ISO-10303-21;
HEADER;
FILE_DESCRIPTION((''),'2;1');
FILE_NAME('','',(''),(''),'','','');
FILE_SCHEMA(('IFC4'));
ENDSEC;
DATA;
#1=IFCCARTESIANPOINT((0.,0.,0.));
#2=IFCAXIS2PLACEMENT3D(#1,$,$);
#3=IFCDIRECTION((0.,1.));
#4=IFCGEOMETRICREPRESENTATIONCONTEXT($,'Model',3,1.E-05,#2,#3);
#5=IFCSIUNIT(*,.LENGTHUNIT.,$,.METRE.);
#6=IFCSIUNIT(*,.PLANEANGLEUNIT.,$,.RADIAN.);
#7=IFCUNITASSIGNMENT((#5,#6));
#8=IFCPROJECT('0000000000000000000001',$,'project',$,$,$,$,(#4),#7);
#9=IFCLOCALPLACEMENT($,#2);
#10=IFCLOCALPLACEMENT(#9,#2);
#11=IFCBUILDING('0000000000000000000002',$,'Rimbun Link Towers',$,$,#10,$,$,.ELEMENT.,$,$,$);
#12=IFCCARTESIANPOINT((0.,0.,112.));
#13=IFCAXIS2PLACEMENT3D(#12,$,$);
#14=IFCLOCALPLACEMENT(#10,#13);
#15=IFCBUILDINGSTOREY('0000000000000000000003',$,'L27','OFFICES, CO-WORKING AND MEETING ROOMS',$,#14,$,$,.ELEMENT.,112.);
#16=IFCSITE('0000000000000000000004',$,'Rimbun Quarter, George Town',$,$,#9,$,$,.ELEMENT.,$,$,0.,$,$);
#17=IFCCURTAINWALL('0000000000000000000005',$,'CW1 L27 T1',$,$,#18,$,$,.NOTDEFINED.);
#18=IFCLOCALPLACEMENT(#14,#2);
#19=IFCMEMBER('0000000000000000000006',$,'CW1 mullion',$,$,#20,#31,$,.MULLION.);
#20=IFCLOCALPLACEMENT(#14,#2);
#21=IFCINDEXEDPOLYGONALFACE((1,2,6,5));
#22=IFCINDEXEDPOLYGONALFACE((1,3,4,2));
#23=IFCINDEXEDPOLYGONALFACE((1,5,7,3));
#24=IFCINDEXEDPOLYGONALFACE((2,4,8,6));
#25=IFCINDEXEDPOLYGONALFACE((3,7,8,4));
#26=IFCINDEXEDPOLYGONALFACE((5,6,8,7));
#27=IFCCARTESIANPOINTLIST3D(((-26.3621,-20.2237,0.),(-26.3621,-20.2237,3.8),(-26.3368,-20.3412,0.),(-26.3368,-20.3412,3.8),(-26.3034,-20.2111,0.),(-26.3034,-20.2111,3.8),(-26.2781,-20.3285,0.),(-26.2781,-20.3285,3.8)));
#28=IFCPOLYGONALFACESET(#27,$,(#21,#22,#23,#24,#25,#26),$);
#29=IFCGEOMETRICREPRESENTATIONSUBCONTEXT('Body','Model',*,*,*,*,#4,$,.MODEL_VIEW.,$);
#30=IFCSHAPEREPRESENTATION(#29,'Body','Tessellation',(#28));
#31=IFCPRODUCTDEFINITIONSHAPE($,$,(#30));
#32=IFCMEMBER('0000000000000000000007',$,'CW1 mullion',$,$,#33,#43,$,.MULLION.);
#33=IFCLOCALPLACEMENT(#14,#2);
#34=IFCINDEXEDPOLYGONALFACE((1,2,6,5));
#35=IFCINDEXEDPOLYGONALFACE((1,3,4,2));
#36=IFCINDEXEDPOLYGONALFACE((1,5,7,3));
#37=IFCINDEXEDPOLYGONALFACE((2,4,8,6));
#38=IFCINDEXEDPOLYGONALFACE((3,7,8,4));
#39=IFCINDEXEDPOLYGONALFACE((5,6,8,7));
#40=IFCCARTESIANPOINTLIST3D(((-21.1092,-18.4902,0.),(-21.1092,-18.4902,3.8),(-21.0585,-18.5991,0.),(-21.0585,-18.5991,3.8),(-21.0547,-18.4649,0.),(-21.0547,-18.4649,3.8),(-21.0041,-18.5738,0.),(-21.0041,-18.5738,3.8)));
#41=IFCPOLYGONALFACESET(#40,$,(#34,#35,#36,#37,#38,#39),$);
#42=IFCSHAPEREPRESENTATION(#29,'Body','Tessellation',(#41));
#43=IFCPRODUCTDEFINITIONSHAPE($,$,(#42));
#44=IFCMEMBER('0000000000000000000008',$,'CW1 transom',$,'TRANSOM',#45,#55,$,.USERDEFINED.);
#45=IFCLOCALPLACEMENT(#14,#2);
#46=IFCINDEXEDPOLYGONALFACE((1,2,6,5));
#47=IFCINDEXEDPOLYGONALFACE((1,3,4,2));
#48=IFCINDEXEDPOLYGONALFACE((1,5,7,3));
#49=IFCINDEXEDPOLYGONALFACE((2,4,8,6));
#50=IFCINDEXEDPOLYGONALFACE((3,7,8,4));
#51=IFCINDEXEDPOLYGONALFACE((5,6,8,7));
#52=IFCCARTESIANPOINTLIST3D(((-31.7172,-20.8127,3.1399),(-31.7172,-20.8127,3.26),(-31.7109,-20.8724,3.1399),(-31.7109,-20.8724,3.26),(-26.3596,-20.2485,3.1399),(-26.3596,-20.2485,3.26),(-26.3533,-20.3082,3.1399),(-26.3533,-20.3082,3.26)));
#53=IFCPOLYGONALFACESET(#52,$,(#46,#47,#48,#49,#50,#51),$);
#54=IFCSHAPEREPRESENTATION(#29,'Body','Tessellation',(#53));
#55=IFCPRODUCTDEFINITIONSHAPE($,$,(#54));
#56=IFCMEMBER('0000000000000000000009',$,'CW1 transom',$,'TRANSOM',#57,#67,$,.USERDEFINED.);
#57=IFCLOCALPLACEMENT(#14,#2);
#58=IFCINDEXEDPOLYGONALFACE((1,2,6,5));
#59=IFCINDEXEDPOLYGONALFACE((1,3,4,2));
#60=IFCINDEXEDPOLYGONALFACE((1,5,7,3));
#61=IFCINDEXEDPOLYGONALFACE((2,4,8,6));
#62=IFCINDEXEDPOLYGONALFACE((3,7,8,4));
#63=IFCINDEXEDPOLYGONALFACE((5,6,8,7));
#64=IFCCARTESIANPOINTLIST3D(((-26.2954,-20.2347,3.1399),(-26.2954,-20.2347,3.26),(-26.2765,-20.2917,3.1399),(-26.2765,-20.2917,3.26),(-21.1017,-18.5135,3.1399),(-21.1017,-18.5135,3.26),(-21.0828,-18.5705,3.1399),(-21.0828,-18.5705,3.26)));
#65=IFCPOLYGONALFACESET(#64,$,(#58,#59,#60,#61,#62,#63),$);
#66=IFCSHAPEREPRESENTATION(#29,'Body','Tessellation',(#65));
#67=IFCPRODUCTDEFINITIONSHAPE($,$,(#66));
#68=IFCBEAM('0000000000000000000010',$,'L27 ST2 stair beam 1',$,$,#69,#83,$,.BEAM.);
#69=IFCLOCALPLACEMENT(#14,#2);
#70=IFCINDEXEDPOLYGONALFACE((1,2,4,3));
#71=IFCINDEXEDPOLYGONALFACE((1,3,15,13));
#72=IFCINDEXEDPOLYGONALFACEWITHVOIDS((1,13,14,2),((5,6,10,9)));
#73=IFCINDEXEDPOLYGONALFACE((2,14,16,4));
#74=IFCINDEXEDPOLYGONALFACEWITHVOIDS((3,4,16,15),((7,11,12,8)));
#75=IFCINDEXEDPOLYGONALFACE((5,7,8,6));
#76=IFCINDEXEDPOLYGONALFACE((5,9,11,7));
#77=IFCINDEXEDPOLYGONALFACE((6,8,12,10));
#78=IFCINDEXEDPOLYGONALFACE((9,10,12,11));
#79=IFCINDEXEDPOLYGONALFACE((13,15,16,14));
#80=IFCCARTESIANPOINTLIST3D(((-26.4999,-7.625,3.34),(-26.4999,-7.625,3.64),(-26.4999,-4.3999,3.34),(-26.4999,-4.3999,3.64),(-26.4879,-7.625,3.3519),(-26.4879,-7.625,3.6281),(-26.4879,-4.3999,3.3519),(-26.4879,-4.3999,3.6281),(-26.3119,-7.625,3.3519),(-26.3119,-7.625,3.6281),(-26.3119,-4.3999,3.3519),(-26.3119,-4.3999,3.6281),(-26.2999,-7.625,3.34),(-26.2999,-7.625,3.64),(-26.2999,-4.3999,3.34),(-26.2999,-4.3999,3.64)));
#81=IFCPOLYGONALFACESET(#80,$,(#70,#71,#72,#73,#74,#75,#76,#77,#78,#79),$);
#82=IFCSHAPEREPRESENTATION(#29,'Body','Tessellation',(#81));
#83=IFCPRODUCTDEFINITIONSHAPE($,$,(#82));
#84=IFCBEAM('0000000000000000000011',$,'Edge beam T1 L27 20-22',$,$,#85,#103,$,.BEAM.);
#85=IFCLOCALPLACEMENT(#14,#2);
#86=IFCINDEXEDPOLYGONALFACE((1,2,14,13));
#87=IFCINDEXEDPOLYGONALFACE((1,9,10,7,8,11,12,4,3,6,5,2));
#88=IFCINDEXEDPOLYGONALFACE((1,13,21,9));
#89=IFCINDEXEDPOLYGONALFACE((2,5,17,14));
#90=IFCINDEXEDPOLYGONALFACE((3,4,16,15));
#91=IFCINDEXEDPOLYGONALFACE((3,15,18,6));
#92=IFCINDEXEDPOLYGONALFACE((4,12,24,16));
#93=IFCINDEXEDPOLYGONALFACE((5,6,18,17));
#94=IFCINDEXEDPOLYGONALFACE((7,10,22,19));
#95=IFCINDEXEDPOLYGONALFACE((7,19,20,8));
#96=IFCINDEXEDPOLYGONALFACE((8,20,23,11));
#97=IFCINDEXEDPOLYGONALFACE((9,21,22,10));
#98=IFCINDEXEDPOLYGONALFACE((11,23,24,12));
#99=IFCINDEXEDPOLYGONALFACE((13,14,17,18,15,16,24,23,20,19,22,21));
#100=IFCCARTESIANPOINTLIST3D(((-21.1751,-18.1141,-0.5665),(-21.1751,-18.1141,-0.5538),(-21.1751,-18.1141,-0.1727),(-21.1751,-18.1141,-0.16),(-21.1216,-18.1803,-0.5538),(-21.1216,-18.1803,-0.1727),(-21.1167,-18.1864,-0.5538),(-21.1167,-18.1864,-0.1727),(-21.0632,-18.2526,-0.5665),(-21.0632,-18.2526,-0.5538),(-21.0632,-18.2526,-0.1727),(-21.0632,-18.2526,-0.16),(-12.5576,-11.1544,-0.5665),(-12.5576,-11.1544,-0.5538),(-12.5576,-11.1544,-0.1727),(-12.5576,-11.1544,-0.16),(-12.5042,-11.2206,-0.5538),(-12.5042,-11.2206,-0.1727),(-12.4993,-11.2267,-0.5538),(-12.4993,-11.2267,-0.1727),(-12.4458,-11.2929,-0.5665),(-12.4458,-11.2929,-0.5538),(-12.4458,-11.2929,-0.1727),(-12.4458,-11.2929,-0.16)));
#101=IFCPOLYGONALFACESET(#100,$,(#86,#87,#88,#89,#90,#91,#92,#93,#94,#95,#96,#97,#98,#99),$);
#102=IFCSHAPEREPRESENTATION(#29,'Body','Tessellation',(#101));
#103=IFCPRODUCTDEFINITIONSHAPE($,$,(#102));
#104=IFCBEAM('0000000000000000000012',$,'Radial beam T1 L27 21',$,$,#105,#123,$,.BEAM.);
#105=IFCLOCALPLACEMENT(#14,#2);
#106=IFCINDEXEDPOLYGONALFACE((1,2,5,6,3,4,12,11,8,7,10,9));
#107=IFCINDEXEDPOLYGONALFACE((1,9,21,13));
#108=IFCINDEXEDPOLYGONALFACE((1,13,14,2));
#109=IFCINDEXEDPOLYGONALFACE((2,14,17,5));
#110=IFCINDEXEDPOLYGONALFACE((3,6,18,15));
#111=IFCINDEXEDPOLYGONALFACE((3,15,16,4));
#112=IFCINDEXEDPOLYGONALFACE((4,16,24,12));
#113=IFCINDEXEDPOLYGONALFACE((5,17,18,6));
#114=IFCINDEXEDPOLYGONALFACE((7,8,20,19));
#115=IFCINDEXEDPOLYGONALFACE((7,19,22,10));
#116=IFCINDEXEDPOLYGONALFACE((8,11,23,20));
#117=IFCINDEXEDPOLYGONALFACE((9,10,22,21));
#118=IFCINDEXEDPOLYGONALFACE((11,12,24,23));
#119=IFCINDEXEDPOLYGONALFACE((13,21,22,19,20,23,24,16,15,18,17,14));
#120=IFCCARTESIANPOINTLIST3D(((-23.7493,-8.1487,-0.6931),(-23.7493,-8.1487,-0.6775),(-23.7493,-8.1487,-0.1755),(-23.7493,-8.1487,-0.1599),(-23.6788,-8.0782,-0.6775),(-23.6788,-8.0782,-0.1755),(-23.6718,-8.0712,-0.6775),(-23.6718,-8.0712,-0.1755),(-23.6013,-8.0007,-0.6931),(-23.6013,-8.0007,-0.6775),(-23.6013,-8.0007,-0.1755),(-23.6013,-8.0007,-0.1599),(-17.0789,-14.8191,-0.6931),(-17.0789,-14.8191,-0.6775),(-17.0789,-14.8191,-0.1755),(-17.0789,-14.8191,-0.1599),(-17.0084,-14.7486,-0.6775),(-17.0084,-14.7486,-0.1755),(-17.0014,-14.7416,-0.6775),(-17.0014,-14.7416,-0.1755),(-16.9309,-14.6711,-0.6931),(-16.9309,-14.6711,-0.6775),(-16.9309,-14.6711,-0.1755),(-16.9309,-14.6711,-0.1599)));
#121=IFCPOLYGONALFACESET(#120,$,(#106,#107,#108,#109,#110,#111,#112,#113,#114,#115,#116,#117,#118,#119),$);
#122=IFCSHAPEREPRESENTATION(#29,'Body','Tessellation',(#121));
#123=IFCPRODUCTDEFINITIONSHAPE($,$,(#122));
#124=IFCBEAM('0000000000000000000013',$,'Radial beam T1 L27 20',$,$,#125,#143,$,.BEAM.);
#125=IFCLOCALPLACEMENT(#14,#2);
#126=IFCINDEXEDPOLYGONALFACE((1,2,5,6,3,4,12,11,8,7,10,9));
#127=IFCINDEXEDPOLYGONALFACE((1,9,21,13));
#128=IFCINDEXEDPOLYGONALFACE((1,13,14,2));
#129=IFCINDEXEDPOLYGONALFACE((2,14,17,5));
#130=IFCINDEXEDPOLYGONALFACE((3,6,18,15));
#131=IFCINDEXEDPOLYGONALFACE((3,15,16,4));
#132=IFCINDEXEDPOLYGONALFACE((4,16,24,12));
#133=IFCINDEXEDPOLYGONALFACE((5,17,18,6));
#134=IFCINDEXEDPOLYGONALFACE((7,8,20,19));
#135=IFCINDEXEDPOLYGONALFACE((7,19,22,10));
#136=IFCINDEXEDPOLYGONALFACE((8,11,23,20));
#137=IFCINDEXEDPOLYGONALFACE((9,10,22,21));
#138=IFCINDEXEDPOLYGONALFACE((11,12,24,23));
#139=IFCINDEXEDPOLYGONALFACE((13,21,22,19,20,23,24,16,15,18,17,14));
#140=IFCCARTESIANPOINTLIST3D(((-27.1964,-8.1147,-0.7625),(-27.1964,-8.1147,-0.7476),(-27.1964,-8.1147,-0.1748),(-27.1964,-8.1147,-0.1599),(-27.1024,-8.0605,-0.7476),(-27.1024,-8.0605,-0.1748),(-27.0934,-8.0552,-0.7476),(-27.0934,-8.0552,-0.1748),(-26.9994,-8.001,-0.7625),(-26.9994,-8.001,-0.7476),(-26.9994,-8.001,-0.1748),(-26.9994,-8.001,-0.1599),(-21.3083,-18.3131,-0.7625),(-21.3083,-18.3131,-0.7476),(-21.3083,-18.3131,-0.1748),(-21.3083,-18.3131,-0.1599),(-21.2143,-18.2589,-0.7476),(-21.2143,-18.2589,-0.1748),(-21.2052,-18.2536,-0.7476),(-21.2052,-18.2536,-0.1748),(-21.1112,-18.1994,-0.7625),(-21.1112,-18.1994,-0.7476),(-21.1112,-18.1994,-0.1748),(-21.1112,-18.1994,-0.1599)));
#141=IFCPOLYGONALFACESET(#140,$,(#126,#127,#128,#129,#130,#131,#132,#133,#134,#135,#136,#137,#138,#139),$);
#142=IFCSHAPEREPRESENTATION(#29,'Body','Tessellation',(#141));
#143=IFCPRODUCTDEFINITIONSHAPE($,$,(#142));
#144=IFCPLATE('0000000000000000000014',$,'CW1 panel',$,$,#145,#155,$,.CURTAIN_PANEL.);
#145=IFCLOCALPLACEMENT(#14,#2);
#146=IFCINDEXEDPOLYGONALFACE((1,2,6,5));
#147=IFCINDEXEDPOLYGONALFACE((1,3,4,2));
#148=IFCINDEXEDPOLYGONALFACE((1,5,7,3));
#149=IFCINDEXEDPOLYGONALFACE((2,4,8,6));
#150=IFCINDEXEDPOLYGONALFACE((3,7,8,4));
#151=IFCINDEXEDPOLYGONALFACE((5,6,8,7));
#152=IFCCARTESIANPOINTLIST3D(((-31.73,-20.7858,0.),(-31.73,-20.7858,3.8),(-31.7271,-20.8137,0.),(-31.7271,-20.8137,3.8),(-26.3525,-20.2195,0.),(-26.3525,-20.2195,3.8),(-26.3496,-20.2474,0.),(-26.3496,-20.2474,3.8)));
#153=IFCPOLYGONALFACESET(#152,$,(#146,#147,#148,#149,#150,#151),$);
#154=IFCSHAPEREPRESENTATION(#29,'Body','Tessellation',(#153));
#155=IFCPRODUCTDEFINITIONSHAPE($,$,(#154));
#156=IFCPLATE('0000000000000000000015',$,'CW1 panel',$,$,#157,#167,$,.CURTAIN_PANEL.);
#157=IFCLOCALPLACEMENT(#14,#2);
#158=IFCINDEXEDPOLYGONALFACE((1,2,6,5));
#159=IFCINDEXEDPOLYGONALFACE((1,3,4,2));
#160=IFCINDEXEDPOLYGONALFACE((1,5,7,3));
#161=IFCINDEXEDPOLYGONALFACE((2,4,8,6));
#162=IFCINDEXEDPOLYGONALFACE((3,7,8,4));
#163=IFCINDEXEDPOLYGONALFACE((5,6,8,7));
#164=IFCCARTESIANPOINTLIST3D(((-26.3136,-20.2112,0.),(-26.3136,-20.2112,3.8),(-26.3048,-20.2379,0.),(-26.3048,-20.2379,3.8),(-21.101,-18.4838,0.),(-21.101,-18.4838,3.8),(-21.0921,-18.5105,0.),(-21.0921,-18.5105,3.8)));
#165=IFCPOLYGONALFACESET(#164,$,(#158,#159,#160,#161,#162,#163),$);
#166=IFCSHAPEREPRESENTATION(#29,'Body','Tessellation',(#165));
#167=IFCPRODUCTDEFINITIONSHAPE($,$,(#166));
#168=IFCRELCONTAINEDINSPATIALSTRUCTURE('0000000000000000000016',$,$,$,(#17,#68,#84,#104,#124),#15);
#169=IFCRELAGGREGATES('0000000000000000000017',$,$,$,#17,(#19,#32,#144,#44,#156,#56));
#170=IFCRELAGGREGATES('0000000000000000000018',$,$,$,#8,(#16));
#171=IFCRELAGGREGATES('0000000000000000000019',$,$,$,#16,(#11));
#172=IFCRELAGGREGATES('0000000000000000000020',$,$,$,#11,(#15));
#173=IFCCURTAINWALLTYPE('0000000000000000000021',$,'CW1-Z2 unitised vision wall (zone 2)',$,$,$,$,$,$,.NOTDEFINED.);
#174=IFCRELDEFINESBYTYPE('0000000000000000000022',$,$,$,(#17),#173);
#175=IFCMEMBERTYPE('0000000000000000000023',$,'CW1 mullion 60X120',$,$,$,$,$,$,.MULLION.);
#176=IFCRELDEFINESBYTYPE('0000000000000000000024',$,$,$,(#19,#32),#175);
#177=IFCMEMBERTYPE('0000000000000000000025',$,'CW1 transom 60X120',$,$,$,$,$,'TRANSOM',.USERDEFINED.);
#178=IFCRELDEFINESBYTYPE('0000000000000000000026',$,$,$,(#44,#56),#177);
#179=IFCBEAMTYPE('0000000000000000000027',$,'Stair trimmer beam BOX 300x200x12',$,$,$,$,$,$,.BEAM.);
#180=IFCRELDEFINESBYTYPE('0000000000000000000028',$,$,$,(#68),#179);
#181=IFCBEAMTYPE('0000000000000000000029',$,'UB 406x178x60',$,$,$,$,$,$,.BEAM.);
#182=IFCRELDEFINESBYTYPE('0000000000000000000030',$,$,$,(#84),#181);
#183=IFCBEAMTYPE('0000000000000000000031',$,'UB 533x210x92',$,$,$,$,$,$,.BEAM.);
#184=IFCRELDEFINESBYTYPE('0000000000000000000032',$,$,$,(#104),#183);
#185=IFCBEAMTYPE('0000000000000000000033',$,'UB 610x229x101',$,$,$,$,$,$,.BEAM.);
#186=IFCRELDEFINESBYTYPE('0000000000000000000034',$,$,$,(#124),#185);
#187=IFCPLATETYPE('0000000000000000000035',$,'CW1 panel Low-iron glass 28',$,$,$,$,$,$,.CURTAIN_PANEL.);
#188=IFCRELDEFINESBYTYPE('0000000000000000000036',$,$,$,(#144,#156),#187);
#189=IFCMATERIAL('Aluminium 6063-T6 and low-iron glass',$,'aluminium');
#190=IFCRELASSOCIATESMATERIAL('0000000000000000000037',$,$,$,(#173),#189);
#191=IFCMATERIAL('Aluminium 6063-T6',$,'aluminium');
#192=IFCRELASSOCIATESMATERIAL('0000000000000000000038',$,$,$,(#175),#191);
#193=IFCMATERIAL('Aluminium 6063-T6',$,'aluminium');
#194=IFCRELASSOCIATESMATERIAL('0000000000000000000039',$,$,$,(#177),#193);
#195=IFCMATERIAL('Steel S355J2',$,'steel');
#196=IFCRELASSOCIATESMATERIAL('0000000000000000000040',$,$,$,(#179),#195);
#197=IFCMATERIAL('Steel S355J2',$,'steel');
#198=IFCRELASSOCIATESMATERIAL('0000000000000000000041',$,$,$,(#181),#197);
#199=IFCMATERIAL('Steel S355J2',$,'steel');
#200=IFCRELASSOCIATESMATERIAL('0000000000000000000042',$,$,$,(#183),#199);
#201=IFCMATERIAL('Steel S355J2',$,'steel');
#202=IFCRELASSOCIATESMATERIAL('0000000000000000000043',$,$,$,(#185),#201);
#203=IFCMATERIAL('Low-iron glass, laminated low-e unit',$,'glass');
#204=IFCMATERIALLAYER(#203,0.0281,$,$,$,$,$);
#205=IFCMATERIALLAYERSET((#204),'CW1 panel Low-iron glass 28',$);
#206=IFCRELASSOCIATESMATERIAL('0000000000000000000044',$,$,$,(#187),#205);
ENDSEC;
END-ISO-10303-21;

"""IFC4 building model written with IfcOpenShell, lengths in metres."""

from ifc_helpers import new_model, si_unit, direction, frame, origin, origin_2d, place, context, subcontext, project, spatial, rectangle, hollow_rectangle, i_section, extrude, material, layer, layer_set, material_profile, profile_set, type_object, element, aggregate, save


model = new_model("IFC4")

# Units and contexts
model_context = context("Model", 3, precision=1e-05, world=origin(), true_north=direction((0.0, 1.0)))
body_context = subcontext(model_context, "Body", "Model", "MODEL_VIEW")
ifc_project = project(units=[si_unit("LENGTHUNIT", "METRE"), si_unit("PLANEANGLEUNIT", "RADIAN")], contexts=[model_context])

# Site, building, storey
site_placement = place(None, origin())
site = spatial("IfcSite", under=ifc_project, at=site_placement, Name="Rimbun Quarter, George Town", CompositionType="ELEMENT", RefElevation=0.0)
building_placement = place(site_placement, origin())
building = spatial("IfcBuilding", under=site, at=building_placement, Name="Rimbun Link Towers", CompositionType="ELEMENT")
storey_placement = place(building_placement, frame((0.0, 0.0, 112.0)))
storey = spatial("IfcBuildingStorey", under=building, at=storey_placement, Name="L27", Description="OFFICES, CO-WORKING AND MEETING ROOMS", CompositionType="ELEMENT", Elevation=112.0)

# Curtain wall, members
ifc_material_1 = material(Name="Aluminium 6063-T6 and low-iron glass", Category="aluminium")
curtain_wall_type = type_object("IfcCurtainWallType", Name="CW1-Z2 unitised vision wall (zone 2)", PredefinedType="NOTDEFINED", material=ifc_material_1)
curtain_wall_placement = place(storey_placement, origin())
curtain_wall = element("IfcCurtainWall", 1, at=curtain_wall_placement, inside=storey, type_object=curtain_wall_type, Name="CW1 L27 T1", PredefinedType="NOTDEFINED")
ifc_material_2 = material(Name="Aluminium 6063-T6", Category="aluminium")
ifc_material_profile_1 = material_profile(ifc_material_2, rectangle(XDim=0.1201, YDim=0.0601, at=origin_2d()), Name="MULLION 60X120")
ifc_profile_set_1 = profile_set([ifc_material_profile_1], Name="Aluminium 6063-T6")
member_type_1 = type_object("IfcMemberType", Name="CW1 mullion 60X120", PredefinedType="MULLION", material=ifc_profile_set_1)
member_1_placement = place(storey_placement, frame((-26.3201, -20.2761, 0.0), z_axis=(0.0, 0.0, 1.0), x_axis=(0.210865, -0.977515, 0.0)))
member_1 = element("IfcMember", 2, at=member_1_placement, type_object=member_type_1, Name="CW1 mullion", PredefinedType="MULLION", context=body_context, shape_type="SweptSolid", body=[
    extrude(rectangle(XDim=0.1201, YDim=0.0601, at=origin_2d()), origin(), (0.0, 0.0, 1.0), 3.8),
])
member_2_placement = place(storey_placement, frame((-21.0566, -18.532, 0.0), z_axis=(0.0, 0.0, 1.0), x_axis=(0.421703, -0.906734, 0.0)))
member_2 = element("IfcMember", 3, at=member_2_placement, type_object=member_type_1, Name="CW1 mullion", PredefinedType="MULLION", context=body_context, shape_type="SweptSolid", body=[
    extrude(rectangle(XDim=0.1201, YDim=0.0601, at=origin_2d()), origin(), (0.0, 0.0, 1.0), 3.8),
])
ifc_material_3 = material(Name="Aluminium 6063-T6", Category="aluminium")
ifc_material_profile_2 = material_profile(ifc_material_3, rectangle(XDim=0.0601, YDim=0.1201, at=origin_2d()), Name="TRANSOM 60X120")
ifc_profile_set_2 = profile_set([ifc_material_profile_2], Name="Aluminium 6063-T6")
member_type_2 = type_object("IfcMemberType", Name="CW1 transom 60X120", ElementType="TRANSOM", PredefinedType="USERDEFINED", material=ifc_profile_set_2)
member_3_placement = place(storey_placement, frame((-26.3564, -20.2783, 3.2), z_axis=(-0.994501, -0.10473, 0.0), x_axis=(0.10473, -0.994501, 0.0)))
member_3 = element("IfcMember", 4, at=member_3_placement, type_object=member_type_2, Name="CW1 transom", ObjectType="TRANSOM", PredefinedType="USERDEFINED", context=body_context, shape_type="SweptSolid", body=[
    extrude(rectangle(XDim=0.0601, YDim=0.1201, at=origin_2d()), origin(), (0.0, 0.0, 1.0), 5.3872),
])
member_4_placement = place(storey_placement, frame((-21.0923, -18.542, 3.2), z_axis=(-0.949231, -0.314581, 0.0), x_axis=(0.314581, -0.949231, 0.0)))
member_4 = element("IfcMember", 5, at=member_4_placement, type_object=member_type_2, Name="CW1 transom", ObjectType="TRANSOM", PredefinedType="USERDEFINED", context=body_context, shape_type="SweptSolid", body=[
    extrude(rectangle(XDim=0.0601, YDim=0.1201, at=origin_2d()), origin(), (0.0, 0.0, 1.0), 5.4714),
])

# Beams
ifc_material_4 = material(Name="Steel S355J2", Category="steel")
ifc_material_profile_3 = material_profile(ifc_material_4, hollow_rectangle(XDim=0.2, YDim=0.3, WallThickness=0.012, at=origin_2d()), Name="BOX 300x200x12")
ifc_profile_set_3 = profile_set([ifc_material_profile_3], Name="Steel S355J2")
beam_type_1 = type_object("IfcBeamType", Name="Stair trimmer beam BOX 300x200x12", PredefinedType="BEAM", material=ifc_profile_set_3)
beam_1_placement = place(storey_placement, frame((-26.3999, -7.625, 3.49), z_axis=(0.0, 1.0, 0.0), x_axis=(-1.0, 0.0, 0.0)))
element("IfcBeam", 6, at=beam_1_placement, inside=storey, type_object=beam_type_1, Name="L27 ST2 stair beam 1", PredefinedType="BEAM", context=body_context, shape_type="SweptSolid", body=[
    extrude(hollow_rectangle(XDim=0.2, YDim=0.3, WallThickness=0.012, at=origin_2d()), origin(), (0.0, 0.0, 1.0), 3.2251),
])
ifc_material_5 = material(Name="Steel S355J2", Category="steel")
ifc_material_profile_4 = material_profile(ifc_material_5, i_section(OverallWidth=0.178, OverallDepth=0.4065, WebThickness=0.0078, FlangeThickness=0.0127, at=origin_2d()), Name="UB 406x178x60")
ifc_profile_set_4 = profile_set([ifc_material_profile_4], Name="Steel S355J2")
beam_type_2 = type_object("IfcBeamType", Name="UB 406x178x60", PredefinedType="BEAM", material=ifc_profile_set_4)
beam_2_placement = place(storey_placement, frame((-21.1191, -18.1833, -0.3633), z_axis=(0.777964, 0.628309, 0.0), x_axis=(-0.628309, 0.777964, 0.0)))
element("IfcBeam", 7, at=beam_2_placement, inside=storey, type_object=beam_type_2, Name="Edge beam T1 L27 20-22", PredefinedType="BEAM", context=body_context, shape_type="SweptSolid", body=[
    extrude(i_section(OverallWidth=0.178, OverallDepth=0.4065, WebThickness=0.0078, FlangeThickness=0.0127, at=origin_2d()), origin(), (0.0, 0.0, 1.0), 11.0769),
])
ifc_material_6 = material(Name="Steel S355J2", Category="steel")
ifc_material_profile_5 = material_profile(ifc_material_6, i_section(OverallWidth=0.2092, OverallDepth=0.5332, WebThickness=0.01, FlangeThickness=0.0156, at=origin_2d()), Name="UB 533x210x92")
ifc_profile_set_5 = profile_set([ifc_material_profile_5], Name="Steel S355J2")
beam_type_3 = type_object("IfcBeamType", Name="UB 533x210x92", PredefinedType="BEAM", material=ifc_profile_set_5)
beam_3_placement = place(storey_placement, frame((-23.6753, -8.0747, -0.4265), z_axis=(0.707107, -0.707107, 0.0), x_axis=(0.707107, 0.707107, 0.0)))
element("IfcBeam", 8, at=beam_3_placement, inside=storey, type_object=beam_type_3, Name="Radial beam T1 L27 21", PredefinedType="BEAM", context=body_context, shape_type="SweptSolid", body=[
    extrude(i_section(OverallWidth=0.2092, OverallDepth=0.5332, WebThickness=0.01, FlangeThickness=0.0156, at=origin_2d()), origin(), (0.0, 0.0, 1.0), 9.4333),
])
ifc_material_7 = material(Name="Steel S355J2", Category="steel")
ifc_material_profile_6 = material_profile(ifc_material_7, i_section(OverallWidth=0.2275, OverallDepth=0.6025, WebThickness=0.0105, FlangeThickness=0.0149, at=origin_2d()), Name="UB 610x229x101")
ifc_profile_set_6 = profile_set([ifc_material_profile_6], Name="Steel S355J2")
beam_type_4 = type_object("IfcBeamType", Name="UB 610x229x101", PredefinedType="BEAM", material=ifc_profile_set_6)
beam_4_placement = place(storey_placement, frame((-27.0979, -8.0579, -0.4612), z_axis=(0.500005, -0.866022, 0.0), x_axis=(0.866022, 0.500005, 0.0)))
element("IfcBeam", 9, at=beam_4_placement, inside=storey, type_object=beam_type_4, Name="Radial beam T1 L27 20", PredefinedType="BEAM", context=body_context, shape_type="SweptSolid", body=[
    extrude(i_section(OverallWidth=0.2275, OverallDepth=0.6025, WebThickness=0.0105, FlangeThickness=0.0149, at=origin_2d()), origin(), (0.0, 0.0, 1.0), 11.7761),
])

# Plates
ifc_material_8 = material(Name="Low-iron glass, laminated low-e unit", Category="glass")
ifc_layer_1 = layer(ifc_material_8, 0.0281)
ifc_layer_set_1 = layer_set([ifc_layer_1], Name="CW1 panel Low-iron glass 28")
plate_type = type_object("IfcPlateType", Name="CW1 panel Low-iron glass 28", PredefinedType="CURTAIN_PANEL", material=ifc_layer_set_1)
plate_1_placement = place(storey_placement, frame((-29.0398, -20.5166, 0.0), z_axis=(0.0, 0.0, 1.0), x_axis=(-0.994501, -0.104732, 0.0)))
plate_1 = element("IfcPlate", 10, at=plate_1_placement, type_object=plate_type, Name="CW1 panel", PredefinedType="CURTAIN_PANEL", context=body_context, shape_type="SweptSolid", body=[
    extrude(rectangle(XDim=5.4072, YDim=0.0281, at=origin_2d()), origin(), (0.0, 0.0, 1.0), 3.8),
])
plate_2_placement = place(storey_placement, frame((-23.7029, -19.3608, 0.0), z_axis=(0.0, 0.0, 1.0), x_axis=(-0.949237, -0.314562, 0.0)))
plate_2 = element("IfcPlate", 11, at=plate_2_placement, type_object=plate_type, Name="CW1 panel", PredefinedType="CURTAIN_PANEL", context=body_context, shape_type="SweptSolid", body=[
    extrude(rectangle(XDim=5.4915, YDim=0.0281, at=origin_2d()), origin(), (0.0, 0.0, 1.0), 3.8),
])
aggregate(curtain_wall, [member_1, member_2, plate_1, member_3, plate_2, member_4])

save(model, "model.ifc")
